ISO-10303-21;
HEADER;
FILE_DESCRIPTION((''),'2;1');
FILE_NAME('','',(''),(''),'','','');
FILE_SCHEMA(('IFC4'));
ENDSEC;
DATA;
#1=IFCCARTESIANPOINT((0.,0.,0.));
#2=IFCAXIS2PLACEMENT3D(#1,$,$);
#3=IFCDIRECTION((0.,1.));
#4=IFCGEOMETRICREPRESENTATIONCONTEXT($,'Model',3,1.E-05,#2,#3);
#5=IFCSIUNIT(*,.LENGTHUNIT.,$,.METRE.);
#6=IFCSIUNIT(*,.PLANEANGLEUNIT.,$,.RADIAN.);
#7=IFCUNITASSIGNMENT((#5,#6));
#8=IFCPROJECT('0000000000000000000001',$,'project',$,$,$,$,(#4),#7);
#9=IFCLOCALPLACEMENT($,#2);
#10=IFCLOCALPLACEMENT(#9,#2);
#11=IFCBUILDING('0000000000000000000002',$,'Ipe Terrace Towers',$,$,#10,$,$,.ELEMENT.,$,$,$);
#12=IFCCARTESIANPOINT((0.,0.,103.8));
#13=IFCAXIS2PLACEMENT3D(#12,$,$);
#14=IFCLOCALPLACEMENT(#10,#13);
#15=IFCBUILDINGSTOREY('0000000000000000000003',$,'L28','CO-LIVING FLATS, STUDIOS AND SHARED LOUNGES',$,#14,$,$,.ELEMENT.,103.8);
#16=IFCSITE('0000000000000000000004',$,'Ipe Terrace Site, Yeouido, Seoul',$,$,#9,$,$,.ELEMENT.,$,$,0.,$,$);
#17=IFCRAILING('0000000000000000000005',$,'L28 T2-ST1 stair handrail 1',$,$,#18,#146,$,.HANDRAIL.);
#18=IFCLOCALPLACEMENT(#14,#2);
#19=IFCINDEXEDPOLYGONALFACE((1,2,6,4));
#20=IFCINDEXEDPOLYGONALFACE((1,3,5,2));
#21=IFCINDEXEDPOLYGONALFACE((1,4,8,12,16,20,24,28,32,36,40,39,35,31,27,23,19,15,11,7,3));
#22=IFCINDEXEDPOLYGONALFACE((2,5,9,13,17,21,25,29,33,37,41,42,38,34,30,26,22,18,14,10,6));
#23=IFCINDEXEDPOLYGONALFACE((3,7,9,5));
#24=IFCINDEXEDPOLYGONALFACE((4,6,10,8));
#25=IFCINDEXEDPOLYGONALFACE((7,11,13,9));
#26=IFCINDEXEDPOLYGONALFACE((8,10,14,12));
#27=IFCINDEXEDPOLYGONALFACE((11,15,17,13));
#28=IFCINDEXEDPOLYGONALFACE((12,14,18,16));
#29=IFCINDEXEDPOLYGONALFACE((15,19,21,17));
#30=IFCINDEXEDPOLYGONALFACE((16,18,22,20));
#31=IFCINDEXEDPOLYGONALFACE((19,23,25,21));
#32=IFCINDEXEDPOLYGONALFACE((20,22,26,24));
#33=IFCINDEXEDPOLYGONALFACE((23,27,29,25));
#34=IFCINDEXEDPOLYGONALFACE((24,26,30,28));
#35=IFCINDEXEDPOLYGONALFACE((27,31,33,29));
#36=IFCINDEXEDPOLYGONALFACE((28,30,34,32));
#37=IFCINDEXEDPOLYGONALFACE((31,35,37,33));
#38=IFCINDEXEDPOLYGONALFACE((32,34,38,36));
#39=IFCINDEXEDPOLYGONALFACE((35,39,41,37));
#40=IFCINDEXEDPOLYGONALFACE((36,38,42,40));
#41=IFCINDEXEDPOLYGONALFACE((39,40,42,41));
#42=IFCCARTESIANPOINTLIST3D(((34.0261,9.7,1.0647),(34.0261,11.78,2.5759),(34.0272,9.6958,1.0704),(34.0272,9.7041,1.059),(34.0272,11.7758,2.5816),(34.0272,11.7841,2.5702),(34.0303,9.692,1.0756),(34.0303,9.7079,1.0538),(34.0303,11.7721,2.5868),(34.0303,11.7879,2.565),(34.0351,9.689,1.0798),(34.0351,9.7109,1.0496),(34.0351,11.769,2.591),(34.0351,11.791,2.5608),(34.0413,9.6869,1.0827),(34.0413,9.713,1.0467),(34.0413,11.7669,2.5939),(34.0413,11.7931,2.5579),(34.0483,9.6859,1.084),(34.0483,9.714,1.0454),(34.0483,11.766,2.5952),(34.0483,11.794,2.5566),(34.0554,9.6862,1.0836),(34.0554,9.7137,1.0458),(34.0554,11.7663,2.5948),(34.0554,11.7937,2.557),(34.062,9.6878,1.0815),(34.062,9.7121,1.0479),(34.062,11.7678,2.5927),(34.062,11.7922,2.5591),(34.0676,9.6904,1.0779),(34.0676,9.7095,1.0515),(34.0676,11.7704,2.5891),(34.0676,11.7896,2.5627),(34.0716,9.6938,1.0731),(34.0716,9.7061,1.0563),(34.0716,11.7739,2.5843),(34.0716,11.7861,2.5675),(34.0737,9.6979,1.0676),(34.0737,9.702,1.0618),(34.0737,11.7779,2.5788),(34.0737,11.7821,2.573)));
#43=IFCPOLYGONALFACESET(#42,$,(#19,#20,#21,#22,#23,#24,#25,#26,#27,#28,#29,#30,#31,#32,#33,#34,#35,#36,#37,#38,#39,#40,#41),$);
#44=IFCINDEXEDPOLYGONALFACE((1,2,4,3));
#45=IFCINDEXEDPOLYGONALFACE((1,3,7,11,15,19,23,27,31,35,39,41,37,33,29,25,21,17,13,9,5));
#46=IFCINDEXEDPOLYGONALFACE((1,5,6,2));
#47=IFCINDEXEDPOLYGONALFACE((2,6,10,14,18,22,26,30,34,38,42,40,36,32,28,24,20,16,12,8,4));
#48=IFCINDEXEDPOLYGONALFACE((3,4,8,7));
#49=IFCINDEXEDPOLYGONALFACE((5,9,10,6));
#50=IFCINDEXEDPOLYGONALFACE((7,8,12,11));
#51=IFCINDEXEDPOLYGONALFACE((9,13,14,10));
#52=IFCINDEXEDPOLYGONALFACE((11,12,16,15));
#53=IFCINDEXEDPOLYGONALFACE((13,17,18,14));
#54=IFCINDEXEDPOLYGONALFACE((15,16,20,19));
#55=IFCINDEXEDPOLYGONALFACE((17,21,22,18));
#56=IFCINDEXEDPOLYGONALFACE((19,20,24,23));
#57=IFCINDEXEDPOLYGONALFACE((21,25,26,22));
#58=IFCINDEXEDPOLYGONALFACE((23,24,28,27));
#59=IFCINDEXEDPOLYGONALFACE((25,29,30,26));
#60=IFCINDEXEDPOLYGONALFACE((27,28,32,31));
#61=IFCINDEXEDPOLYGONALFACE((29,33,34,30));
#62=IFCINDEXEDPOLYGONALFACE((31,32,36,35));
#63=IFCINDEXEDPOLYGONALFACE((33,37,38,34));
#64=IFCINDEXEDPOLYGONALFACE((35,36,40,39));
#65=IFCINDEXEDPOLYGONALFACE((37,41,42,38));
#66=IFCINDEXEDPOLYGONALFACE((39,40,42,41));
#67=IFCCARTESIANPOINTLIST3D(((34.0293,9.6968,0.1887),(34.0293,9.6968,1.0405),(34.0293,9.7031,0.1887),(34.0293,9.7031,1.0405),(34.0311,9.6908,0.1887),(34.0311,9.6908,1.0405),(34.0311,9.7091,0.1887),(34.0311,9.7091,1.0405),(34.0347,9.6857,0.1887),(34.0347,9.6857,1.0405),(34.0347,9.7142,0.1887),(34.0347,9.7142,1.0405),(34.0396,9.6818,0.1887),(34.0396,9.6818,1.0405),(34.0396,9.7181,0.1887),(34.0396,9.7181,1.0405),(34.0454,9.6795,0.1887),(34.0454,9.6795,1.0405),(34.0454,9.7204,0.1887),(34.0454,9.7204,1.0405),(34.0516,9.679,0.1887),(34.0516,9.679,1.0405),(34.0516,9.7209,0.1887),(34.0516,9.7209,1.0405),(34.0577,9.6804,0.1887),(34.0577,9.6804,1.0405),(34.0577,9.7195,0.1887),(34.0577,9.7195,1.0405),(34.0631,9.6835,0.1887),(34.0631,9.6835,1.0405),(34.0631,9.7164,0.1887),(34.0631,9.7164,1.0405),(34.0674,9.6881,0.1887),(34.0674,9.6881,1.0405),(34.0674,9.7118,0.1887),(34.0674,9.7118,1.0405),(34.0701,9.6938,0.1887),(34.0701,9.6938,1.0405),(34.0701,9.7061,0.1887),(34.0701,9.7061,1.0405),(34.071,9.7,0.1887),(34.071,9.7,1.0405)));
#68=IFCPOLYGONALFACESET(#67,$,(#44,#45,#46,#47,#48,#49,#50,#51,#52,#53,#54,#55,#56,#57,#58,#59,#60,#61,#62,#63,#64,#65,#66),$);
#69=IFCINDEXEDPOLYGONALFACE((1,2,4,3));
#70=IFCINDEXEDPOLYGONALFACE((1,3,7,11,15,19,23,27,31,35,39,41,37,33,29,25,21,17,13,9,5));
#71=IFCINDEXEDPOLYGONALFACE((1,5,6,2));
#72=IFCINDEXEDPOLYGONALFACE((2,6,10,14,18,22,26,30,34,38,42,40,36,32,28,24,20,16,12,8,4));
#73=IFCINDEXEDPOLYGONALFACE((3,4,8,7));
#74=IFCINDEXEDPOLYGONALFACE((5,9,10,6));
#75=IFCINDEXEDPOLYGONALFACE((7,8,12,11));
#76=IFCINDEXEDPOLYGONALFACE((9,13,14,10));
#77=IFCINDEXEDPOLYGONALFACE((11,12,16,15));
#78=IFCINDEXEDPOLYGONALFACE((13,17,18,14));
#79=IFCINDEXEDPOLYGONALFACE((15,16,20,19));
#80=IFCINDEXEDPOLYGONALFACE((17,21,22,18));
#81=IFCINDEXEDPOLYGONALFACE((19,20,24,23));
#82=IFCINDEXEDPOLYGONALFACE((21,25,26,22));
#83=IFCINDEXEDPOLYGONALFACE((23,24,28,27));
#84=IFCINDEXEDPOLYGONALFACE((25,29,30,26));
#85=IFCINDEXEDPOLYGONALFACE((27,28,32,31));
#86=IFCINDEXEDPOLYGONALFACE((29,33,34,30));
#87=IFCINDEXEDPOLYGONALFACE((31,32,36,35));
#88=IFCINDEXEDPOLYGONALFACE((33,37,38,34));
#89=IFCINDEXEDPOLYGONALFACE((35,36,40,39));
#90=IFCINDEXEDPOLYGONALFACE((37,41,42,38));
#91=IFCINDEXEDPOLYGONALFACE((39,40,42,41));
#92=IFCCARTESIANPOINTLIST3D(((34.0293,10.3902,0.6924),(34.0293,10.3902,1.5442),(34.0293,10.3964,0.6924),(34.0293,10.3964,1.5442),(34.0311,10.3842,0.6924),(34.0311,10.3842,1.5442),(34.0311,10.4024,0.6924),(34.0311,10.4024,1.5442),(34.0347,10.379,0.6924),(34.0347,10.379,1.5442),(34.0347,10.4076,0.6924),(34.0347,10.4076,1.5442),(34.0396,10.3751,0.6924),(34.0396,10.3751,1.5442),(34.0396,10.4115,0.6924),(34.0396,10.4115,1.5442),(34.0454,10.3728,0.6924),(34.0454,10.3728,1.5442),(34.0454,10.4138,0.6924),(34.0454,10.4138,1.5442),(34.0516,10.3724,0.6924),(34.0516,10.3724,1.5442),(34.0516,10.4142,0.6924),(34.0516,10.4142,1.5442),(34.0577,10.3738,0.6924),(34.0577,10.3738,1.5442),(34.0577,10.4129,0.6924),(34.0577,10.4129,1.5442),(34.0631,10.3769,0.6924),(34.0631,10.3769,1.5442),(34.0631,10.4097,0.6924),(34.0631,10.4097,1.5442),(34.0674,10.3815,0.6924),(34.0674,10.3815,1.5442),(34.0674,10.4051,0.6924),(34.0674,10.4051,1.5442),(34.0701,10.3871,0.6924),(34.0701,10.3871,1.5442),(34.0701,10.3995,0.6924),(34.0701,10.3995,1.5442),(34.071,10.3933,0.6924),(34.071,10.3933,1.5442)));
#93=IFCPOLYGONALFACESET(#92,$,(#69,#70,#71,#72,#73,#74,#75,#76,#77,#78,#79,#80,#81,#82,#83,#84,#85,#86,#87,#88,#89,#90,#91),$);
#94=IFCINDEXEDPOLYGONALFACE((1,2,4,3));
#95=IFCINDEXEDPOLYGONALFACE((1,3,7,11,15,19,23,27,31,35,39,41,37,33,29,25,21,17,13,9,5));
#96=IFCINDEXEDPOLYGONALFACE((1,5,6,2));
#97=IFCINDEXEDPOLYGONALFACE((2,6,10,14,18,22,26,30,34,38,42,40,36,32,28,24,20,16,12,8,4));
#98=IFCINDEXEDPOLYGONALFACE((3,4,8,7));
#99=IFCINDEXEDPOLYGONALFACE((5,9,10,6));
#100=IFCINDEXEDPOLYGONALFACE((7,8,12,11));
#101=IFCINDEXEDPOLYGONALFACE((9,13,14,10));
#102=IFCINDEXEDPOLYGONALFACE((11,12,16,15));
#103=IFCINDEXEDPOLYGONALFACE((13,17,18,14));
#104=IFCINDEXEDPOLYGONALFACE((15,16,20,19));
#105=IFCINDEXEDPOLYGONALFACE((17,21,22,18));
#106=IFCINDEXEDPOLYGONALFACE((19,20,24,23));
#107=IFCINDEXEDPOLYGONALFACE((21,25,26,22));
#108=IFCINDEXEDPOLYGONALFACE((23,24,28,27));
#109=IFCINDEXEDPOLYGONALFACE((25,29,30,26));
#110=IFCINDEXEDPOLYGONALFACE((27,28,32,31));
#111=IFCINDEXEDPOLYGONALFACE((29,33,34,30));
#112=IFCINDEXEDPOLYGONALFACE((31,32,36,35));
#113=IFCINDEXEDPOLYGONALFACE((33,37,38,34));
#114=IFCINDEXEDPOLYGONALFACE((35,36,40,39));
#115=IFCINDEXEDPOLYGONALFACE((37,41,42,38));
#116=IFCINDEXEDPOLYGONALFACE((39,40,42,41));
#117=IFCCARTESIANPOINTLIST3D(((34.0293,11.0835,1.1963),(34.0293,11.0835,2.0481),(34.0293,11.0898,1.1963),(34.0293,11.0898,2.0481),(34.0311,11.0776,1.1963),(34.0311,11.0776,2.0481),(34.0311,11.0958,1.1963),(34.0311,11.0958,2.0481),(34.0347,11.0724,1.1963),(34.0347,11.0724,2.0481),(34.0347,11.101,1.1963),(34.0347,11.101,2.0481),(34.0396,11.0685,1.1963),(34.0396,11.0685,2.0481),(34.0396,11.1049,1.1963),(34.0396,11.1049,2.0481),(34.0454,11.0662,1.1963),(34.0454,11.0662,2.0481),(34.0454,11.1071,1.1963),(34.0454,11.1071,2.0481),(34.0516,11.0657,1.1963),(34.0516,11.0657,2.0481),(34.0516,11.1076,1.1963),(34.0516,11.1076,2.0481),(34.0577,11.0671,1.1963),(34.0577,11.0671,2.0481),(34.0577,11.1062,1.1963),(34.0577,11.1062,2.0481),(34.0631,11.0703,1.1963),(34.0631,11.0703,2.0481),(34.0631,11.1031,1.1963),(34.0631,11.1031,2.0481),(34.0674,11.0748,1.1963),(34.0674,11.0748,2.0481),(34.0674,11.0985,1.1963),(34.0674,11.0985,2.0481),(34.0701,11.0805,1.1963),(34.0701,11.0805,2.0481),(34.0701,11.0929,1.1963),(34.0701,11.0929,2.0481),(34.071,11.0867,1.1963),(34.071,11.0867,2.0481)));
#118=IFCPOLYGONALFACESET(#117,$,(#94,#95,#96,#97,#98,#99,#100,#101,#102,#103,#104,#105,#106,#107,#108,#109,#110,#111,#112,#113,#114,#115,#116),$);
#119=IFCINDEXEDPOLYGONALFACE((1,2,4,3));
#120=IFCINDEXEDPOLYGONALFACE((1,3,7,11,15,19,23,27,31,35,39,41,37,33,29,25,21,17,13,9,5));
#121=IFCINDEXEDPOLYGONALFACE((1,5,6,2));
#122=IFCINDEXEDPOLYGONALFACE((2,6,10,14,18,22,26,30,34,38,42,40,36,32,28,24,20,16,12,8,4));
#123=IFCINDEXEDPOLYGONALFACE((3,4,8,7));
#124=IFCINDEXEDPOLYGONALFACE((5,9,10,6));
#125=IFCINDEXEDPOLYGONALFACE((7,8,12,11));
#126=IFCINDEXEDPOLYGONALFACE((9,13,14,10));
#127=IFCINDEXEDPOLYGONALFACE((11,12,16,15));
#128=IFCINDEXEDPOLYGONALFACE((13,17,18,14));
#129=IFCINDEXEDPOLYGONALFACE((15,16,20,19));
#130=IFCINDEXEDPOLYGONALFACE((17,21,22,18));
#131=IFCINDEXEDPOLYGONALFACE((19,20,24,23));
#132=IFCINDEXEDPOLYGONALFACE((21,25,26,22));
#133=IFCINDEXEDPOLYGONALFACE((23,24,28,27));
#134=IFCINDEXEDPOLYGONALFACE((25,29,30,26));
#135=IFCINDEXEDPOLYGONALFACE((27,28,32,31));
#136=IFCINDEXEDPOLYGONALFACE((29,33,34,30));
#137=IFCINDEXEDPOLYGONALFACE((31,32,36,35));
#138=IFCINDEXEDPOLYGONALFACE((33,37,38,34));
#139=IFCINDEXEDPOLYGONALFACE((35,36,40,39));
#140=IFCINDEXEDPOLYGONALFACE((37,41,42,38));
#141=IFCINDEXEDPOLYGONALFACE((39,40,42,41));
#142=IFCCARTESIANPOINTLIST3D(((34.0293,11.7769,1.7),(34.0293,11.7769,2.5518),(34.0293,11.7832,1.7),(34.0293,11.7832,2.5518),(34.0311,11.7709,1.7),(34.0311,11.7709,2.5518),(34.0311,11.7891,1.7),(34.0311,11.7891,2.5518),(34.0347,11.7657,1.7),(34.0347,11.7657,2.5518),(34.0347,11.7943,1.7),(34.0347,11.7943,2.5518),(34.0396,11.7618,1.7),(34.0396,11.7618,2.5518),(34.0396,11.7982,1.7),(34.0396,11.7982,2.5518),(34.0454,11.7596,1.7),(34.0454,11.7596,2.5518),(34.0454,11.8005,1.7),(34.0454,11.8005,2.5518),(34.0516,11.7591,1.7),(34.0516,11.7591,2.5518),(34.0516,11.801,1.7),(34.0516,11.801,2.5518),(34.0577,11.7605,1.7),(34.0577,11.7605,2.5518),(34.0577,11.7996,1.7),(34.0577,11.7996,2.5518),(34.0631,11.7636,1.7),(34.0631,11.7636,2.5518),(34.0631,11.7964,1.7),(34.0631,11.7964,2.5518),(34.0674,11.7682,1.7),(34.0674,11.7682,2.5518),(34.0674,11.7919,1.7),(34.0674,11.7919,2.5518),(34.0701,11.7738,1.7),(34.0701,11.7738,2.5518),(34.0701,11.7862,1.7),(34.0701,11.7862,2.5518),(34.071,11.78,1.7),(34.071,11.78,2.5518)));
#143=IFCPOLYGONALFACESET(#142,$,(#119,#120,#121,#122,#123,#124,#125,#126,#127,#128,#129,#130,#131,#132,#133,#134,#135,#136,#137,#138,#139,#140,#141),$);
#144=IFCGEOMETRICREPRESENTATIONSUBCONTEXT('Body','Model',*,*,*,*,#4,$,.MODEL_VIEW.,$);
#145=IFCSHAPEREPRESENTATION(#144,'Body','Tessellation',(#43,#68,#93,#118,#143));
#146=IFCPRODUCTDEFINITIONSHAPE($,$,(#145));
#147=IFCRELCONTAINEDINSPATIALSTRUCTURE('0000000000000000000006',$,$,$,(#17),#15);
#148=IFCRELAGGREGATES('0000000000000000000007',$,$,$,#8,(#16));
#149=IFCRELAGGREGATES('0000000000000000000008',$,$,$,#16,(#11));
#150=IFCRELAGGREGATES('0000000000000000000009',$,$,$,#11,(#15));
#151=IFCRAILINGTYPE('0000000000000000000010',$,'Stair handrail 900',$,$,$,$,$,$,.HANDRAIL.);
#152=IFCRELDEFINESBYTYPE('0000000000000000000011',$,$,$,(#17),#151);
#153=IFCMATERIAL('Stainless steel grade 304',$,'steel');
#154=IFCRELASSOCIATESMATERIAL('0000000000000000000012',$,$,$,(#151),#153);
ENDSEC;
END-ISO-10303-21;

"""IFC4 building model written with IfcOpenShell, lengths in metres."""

from ifc_helpers import new_model, si_unit, direction, frame, origin, origin_2d, place, context, subcontext, project, spatial, circle, extrude, material, type_object, element, save


model = new_model("IFC4")

# Units and contexts
model_context = context("Model", 3, precision=1e-05, world=origin(), true_north=direction((0.0, 1.0)))
body_context = subcontext(model_context, "Body", "Model", "MODEL_VIEW")
ifc_project = project(units=[si_unit("LENGTHUNIT", "METRE"), si_unit("PLANEANGLEUNIT", "RADIAN")], contexts=[model_context])

# Site, building, storey
site_placement = place(None, origin())
site = spatial("IfcSite", under=ifc_project, at=site_placement, Name="Ipe Terrace Site, Yeouido, Seoul", CompositionType="ELEMENT", RefElevation=0.0)
building_placement = place(site_placement, origin())
building = spatial("IfcBuilding", under=site, at=building_placement, Name="Ipe Terrace Towers", CompositionType="ELEMENT")
storey_placement = place(building_placement, frame((0.0, 0.0, 103.8)))
storey = spatial("IfcBuildingStorey", under=building, at=storey_placement, Name="L28", Description="CO-LIVING FLATS, STUDIOS AND SHARED LOUNGES", CompositionType="ELEMENT", Elevation=103.8)

# Railing
ifc_material_1 = material(Name="Stainless steel grade 304", Category="steel")
railing_type_1 = type_object("IfcRailingType", Name="Stair handrail 900", PredefinedType="HANDRAIL", material=ifc_material_1)
railing_1_placement = place(storey_placement, frame((34.05, 9.7, 0.1887)))
element("IfcRailing", 1, at=railing_1_placement, inside=storey, type_object=railing_type_1, Name="L28 T2-ST1 stair handrail 1", PredefinedType="HANDRAIL", context=body_context, shape_type="SweptSolid", body=[
    extrude(circle(Radius=0.0239, at=origin_2d()), frame((0.0, 0.0, 0.876), z_axis=(0.0, 0.809023, 0.587776), x_axis=(-1.0, 0.0, 0.0)), (0.0, 0.0, 1.0), 2.571),
    extrude(circle(Radius=0.021, at=origin_2d()), origin(), (0.0, 0.0, 1.0), 0.8518),
    extrude(circle(Radius=0.021, at=origin_2d()), frame((0.0, 0.6934, 0.5037)), (0.0, 0.0, 1.0), 0.8518),
    extrude(circle(Radius=0.021, at=origin_2d()), frame((0.0, 1.3867, 1.0076)), (0.0, 0.0, 1.0), 0.8518),
    extrude(circle(Radius=0.021, at=origin_2d()), frame((0.0, 2.0801, 1.5112)), (0.0, 0.0, 1.0), 0.8518),
])

save(model, "model.ifc")
